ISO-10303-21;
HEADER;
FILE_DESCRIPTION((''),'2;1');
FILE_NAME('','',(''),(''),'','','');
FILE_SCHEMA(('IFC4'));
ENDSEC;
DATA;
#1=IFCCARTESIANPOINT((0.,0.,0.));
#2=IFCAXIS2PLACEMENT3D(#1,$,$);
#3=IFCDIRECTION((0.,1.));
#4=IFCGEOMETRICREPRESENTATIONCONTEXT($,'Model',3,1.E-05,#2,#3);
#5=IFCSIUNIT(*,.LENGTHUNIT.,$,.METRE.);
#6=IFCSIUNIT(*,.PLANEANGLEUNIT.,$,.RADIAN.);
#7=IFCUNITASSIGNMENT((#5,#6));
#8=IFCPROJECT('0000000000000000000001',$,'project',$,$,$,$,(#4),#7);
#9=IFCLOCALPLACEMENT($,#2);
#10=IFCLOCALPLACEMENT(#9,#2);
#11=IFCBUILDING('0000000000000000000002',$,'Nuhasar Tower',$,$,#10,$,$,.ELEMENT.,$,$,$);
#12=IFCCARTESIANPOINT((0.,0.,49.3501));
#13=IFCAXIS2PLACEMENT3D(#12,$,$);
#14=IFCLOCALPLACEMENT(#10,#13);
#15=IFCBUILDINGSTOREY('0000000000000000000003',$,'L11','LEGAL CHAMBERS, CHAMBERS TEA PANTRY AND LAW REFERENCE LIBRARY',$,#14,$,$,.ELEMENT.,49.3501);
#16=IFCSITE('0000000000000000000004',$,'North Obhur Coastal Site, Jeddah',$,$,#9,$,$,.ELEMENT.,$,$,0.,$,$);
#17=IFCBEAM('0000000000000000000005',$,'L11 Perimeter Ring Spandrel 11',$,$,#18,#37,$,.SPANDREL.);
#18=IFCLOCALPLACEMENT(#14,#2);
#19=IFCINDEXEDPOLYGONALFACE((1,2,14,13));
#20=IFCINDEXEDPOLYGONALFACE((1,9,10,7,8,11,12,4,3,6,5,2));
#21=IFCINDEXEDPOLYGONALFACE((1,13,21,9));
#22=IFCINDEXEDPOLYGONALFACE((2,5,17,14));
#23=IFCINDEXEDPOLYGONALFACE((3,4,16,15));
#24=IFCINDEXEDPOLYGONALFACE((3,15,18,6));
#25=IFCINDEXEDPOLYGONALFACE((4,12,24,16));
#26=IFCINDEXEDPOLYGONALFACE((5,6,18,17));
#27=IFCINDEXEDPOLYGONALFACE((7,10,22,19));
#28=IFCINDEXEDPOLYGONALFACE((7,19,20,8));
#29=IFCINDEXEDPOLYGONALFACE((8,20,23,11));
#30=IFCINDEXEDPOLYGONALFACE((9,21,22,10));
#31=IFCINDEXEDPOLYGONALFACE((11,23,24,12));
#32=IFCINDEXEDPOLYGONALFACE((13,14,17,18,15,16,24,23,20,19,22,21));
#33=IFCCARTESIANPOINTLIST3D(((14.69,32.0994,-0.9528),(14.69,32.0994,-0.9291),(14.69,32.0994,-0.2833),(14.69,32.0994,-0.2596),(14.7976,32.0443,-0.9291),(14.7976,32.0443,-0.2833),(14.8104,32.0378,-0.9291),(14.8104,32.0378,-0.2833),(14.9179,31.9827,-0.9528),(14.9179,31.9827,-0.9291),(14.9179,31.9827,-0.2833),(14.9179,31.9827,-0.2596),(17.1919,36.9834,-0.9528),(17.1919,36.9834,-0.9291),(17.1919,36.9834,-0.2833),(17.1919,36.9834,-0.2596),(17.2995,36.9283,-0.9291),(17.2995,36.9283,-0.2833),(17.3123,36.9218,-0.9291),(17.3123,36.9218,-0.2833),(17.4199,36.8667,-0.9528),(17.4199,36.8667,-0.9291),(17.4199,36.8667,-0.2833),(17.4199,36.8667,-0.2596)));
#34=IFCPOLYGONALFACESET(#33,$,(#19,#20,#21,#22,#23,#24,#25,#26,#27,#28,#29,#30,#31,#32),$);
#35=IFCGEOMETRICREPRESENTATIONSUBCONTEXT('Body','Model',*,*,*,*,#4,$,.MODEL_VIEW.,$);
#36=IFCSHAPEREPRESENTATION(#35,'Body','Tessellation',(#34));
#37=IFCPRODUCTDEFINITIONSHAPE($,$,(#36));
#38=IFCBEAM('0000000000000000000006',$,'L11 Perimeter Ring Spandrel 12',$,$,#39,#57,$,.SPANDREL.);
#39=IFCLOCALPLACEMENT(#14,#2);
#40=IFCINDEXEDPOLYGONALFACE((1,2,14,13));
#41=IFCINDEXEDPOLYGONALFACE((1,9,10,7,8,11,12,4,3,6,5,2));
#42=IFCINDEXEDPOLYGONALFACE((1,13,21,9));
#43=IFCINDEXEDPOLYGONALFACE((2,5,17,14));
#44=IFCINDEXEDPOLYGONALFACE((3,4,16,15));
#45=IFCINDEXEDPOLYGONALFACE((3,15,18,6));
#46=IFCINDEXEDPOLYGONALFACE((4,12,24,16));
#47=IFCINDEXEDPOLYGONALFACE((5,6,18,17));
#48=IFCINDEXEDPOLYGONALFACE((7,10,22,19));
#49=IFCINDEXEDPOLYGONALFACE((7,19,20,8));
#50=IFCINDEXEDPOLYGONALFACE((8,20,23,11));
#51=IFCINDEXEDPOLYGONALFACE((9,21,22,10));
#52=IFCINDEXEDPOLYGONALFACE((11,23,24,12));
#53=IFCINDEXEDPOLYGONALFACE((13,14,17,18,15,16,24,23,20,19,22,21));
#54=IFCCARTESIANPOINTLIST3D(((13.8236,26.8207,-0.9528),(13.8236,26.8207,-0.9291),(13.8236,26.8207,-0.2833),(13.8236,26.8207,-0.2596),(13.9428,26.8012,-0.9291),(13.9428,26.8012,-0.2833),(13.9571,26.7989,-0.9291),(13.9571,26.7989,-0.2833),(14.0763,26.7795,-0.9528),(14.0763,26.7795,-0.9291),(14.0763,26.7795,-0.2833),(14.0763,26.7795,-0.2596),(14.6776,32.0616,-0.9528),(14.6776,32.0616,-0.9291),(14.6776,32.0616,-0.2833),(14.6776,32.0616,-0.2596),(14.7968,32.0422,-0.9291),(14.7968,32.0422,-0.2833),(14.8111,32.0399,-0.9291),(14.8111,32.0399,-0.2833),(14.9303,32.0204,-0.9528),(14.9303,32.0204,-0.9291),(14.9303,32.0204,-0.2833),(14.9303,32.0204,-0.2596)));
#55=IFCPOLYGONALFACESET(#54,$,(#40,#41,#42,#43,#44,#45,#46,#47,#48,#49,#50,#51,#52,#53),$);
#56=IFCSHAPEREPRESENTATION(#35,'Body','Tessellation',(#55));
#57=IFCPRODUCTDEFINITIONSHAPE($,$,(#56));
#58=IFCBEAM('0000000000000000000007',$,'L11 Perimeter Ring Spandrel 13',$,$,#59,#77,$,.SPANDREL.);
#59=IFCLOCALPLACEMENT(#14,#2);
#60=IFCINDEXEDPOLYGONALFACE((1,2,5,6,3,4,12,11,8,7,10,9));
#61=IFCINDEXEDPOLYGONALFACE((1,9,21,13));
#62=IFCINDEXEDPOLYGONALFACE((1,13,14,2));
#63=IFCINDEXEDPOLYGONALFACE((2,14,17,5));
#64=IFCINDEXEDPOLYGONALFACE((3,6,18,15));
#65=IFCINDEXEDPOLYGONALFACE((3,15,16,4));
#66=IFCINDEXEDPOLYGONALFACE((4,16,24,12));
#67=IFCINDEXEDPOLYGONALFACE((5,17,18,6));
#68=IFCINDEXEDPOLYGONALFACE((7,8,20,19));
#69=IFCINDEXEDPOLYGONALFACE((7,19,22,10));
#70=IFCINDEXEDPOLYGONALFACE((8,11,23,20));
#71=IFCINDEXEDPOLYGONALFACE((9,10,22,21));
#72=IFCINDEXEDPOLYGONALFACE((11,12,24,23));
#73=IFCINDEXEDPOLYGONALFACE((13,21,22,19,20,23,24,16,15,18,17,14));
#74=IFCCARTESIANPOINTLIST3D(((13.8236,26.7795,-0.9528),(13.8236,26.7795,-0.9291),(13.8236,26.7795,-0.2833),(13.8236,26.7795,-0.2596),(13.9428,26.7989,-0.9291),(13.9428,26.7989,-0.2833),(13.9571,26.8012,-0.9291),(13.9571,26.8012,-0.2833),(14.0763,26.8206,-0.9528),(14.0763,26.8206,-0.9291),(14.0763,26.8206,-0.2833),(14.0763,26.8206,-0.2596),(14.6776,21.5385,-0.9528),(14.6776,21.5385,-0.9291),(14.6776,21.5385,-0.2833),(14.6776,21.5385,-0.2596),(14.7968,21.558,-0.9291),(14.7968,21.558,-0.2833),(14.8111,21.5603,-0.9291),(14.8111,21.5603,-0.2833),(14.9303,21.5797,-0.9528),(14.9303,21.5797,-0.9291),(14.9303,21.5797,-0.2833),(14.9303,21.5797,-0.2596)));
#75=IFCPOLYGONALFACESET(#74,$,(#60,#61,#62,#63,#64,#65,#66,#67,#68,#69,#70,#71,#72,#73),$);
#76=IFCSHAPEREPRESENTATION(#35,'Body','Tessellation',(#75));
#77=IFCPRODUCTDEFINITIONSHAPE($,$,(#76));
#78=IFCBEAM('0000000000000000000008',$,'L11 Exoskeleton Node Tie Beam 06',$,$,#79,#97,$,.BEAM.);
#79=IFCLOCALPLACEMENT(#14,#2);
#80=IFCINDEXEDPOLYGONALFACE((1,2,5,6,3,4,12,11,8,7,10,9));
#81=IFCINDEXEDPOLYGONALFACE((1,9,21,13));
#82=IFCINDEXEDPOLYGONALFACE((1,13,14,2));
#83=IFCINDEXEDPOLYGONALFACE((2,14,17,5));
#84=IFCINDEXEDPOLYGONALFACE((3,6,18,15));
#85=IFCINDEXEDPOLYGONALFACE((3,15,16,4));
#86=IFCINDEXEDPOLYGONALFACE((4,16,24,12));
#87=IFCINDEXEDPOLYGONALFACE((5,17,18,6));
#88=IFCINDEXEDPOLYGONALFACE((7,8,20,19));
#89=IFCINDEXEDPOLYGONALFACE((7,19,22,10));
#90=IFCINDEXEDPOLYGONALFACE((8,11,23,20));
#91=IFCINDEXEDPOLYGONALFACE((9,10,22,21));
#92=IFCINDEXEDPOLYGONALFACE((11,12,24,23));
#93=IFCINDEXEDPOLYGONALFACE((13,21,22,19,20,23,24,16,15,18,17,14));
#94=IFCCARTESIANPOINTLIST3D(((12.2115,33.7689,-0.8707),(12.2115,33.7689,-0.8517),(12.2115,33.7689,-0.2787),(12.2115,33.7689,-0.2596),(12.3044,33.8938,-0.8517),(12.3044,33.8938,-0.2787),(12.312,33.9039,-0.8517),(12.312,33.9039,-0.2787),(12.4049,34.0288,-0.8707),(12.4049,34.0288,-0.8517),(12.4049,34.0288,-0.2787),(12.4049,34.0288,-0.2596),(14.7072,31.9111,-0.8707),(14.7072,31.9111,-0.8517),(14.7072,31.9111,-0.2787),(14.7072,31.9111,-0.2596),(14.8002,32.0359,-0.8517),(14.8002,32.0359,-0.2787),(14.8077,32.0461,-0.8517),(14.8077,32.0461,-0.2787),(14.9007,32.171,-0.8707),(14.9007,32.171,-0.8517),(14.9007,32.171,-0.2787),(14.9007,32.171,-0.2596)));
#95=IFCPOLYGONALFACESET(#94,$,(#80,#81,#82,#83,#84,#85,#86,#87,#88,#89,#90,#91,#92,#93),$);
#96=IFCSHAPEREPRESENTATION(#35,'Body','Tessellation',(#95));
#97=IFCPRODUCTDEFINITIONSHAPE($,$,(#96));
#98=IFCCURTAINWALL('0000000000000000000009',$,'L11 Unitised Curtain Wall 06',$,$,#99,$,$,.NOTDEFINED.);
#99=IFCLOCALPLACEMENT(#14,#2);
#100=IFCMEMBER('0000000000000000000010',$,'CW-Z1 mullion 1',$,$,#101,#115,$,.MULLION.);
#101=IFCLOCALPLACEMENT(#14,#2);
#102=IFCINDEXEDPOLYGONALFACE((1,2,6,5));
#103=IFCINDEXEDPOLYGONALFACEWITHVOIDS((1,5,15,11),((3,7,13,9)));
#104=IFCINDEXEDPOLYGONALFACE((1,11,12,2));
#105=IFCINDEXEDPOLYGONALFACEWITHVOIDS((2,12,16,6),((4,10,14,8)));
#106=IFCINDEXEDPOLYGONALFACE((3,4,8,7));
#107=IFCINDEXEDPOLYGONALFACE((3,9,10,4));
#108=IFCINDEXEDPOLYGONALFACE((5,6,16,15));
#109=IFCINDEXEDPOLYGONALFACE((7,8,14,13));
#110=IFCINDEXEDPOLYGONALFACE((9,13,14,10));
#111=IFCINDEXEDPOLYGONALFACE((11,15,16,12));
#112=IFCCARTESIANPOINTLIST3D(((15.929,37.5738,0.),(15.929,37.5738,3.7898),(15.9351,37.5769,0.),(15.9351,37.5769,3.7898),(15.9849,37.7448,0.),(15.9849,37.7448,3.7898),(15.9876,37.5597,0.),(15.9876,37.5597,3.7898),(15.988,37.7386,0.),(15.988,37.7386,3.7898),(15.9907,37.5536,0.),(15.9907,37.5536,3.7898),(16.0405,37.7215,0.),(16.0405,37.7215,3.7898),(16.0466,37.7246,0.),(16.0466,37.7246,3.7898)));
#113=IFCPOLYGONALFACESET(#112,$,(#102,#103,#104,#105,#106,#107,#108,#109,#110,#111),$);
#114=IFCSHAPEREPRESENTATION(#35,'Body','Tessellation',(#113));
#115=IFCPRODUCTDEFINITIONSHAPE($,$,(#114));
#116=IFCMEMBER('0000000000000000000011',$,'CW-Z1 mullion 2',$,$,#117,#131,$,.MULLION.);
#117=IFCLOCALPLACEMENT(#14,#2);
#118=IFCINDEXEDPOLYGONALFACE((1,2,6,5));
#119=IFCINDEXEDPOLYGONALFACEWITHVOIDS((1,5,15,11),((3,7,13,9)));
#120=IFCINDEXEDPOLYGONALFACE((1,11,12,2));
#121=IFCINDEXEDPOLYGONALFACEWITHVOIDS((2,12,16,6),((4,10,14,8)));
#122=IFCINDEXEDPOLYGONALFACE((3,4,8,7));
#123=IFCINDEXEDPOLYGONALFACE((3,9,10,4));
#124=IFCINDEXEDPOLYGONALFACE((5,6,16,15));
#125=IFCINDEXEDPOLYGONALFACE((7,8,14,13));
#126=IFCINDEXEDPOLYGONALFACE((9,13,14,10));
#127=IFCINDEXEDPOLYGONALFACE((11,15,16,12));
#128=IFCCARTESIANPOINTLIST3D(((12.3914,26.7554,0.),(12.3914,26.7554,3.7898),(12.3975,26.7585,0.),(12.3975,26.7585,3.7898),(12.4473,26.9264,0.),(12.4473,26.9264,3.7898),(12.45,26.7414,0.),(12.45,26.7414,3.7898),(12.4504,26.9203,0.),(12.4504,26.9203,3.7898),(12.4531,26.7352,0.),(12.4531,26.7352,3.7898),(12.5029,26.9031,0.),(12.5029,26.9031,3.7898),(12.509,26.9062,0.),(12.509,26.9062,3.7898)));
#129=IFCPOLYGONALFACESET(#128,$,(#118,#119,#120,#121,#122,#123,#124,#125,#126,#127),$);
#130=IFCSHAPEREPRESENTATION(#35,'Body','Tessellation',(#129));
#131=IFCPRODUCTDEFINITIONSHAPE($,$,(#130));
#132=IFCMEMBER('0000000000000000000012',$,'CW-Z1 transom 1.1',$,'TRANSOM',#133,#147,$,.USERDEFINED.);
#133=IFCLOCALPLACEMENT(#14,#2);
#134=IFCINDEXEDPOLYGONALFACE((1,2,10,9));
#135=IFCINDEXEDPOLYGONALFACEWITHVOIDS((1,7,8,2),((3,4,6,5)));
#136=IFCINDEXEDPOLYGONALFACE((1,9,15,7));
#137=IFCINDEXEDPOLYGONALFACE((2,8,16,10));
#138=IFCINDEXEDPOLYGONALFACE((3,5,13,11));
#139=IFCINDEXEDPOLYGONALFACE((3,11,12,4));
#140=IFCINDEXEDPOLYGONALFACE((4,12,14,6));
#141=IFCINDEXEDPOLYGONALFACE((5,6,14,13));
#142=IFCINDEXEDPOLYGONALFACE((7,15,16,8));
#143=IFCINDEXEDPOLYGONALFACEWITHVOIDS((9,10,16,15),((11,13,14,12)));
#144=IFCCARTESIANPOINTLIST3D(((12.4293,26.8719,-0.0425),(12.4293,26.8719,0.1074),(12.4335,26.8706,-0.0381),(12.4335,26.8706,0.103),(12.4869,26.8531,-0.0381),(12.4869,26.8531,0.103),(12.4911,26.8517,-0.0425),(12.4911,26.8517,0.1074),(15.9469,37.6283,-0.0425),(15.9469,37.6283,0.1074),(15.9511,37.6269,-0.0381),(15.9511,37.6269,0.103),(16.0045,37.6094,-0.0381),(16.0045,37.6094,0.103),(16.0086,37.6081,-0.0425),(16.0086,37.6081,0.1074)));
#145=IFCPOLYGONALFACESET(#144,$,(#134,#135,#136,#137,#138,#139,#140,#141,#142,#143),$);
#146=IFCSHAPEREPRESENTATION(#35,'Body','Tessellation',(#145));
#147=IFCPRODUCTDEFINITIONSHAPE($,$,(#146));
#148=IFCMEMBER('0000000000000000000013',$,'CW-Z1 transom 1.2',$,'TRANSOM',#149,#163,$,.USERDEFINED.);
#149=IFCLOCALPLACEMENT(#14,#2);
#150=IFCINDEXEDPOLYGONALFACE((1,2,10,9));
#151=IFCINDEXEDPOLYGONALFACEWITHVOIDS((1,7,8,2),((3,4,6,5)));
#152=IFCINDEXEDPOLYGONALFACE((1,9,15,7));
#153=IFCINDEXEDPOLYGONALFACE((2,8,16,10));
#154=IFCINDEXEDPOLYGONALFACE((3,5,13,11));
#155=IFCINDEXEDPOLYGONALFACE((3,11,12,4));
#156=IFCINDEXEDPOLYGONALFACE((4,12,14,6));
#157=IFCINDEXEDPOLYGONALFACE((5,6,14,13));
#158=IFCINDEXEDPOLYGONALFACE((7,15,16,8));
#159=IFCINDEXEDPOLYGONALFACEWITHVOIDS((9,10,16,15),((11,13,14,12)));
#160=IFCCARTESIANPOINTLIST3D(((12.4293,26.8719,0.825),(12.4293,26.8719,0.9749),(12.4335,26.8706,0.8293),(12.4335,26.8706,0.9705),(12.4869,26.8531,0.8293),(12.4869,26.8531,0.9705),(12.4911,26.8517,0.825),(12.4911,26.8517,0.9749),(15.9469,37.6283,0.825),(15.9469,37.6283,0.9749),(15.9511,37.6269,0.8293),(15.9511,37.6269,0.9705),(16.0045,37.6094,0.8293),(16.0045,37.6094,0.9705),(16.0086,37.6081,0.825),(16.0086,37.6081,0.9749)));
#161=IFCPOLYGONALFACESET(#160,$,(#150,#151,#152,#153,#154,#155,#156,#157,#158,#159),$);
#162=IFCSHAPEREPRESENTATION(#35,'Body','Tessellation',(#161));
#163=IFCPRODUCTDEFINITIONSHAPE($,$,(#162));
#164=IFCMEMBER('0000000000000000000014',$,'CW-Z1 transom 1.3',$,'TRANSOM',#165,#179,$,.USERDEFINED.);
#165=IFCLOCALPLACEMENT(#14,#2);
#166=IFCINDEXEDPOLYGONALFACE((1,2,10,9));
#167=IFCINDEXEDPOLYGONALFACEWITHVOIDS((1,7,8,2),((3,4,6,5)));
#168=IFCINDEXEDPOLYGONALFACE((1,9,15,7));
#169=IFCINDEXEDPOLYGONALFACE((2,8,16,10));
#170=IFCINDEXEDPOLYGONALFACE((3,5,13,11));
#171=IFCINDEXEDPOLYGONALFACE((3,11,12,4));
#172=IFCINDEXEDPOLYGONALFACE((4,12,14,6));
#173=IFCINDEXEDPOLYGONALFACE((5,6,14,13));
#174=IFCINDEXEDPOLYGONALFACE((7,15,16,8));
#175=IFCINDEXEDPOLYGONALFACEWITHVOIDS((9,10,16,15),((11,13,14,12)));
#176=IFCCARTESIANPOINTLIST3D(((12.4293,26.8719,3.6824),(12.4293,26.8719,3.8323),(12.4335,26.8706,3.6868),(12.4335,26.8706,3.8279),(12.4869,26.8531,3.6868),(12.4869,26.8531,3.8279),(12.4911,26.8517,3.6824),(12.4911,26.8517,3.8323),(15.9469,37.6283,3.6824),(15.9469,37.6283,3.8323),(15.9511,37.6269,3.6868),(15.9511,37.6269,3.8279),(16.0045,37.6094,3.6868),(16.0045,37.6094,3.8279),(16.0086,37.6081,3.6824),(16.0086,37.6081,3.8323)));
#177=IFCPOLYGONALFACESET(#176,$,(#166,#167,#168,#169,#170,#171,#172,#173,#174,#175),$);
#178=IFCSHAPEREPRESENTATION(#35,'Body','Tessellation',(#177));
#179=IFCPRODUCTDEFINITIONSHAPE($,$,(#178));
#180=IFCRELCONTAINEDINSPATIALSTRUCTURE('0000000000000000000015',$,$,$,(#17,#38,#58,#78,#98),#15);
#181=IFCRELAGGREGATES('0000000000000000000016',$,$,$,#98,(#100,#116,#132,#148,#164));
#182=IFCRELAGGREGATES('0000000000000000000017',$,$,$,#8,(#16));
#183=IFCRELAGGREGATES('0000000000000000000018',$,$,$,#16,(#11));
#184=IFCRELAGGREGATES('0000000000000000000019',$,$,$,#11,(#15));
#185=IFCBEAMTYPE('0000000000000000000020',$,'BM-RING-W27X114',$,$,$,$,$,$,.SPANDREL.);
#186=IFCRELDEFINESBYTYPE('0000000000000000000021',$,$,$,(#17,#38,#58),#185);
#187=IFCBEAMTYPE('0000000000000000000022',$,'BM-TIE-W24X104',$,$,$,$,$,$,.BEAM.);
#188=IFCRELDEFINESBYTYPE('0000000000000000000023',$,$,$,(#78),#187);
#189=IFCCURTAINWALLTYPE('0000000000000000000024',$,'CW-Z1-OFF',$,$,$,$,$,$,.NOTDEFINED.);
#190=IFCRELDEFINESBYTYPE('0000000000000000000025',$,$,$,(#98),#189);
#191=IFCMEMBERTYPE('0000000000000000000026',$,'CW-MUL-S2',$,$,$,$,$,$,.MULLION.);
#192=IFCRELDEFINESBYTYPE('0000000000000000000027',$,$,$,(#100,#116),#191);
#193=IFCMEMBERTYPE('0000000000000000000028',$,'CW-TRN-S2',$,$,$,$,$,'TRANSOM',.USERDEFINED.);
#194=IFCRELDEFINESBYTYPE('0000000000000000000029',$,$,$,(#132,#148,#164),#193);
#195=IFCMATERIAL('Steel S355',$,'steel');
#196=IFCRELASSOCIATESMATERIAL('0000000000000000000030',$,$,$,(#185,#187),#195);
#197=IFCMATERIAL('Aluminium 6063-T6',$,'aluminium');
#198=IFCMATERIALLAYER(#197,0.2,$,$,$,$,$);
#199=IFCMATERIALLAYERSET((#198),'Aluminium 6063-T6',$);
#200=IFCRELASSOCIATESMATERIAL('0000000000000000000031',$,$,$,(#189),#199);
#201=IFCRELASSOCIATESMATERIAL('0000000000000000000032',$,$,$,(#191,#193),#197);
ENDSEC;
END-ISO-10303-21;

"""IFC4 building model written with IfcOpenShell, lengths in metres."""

from ifc_helpers import new_model, si_unit, direction, frame, origin, origin_2d, place, context, subcontext, project, spatial, hollow_rectangle, i_section, extrude, material, layer, layer_set, material_profile, profile_set, type_object, element, aggregate, save


model = new_model("IFC4")

# Units and contexts
model_context = context("Model", 3, precision=1e-05, world=origin(), true_north=direction((0.0, 1.0)))
body_context = subcontext(model_context, "Body", "Model", "MODEL_VIEW")
ifc_project = project(units=[si_unit("LENGTHUNIT", "METRE"), si_unit("PLANEANGLEUNIT", "RADIAN")], contexts=[model_context])

# Site, building, storey
site_placement = place(None, origin())
site = spatial("IfcSite", under=ifc_project, at=site_placement, Name="North Obhur Coastal Site, Jeddah", CompositionType="ELEMENT", RefElevation=0.0)
building_placement = place(site_placement, origin())
building = spatial("IfcBuilding", under=site, at=building_placement, Name="Nuhasar Tower", CompositionType="ELEMENT")
storey_placement = place(building_placement, frame((0.0, 0.0, 49.3501)))
storey = spatial("IfcBuildingStorey", under=building, at=storey_placement, Name="L11", Description="LEGAL CHAMBERS, CHAMBERS TEA PANTRY AND LAW REFERENCE LIBRARY", CompositionType="ELEMENT", Elevation=49.3501)

# Beams
ifc_material_1 = material(Name="Steel S355", Category="steel")
ifc_material_profile_1 = material_profile(ifc_material_1, i_section(OverallWidth=0.2561, OverallDepth=0.6931, WebThickness=0.0144, FlangeThickness=0.0237, at=origin_2d()), Name="W27X114")
ifc_profile_set_1 = profile_set([ifc_material_profile_1], Name="Steel S355")
beam_type_1 = type_object("IfcBeamType", Name="BM-RING-W27X114", PredefinedType="SPANDREL", material=ifc_profile_set_1)
beam_1_placement = place(storey_placement, frame((17.3059, 36.925, -0.6062), z_axis=(-0.45593, -0.890016, 0.0), x_axis=(0.890016, -0.45593, 0.0)))
element("IfcBeam", 1, at=beam_1_placement, inside=storey, type_object=beam_type_1, Name="L11 Perimeter Ring Spandrel 11", PredefinedType="SPANDREL", context=body_context, shape_type="SweptSolid", body=[
    extrude(i_section(OverallWidth=0.2561, OverallDepth=0.6931, WebThickness=0.0144, FlangeThickness=0.0237, at=origin_2d()), origin(), (0.0, 0.0, 1.0), 5.4875),
])
for number, where, z_axis, x_axis, name in (
    (2, (14.804, 32.041, -0.6062), (-0.160827, -0.986983, 0.0), (0.986983, -0.160827, 0.0), "L11 Perimeter Ring Spandrel 12"),
    (3, (13.95, 26.8, -0.6062), (0.160827, -0.986983, 0.0), (0.986983, 0.160827, 0.0), "L11 Perimeter Ring Spandrel 13"),
):
    element("IfcBeam", number, at=place(storey_placement, frame(where, z_axis=z_axis, x_axis=x_axis)), inside=storey, type_object=beam_type_1, Name=name, PredefinedType="SPANDREL", context=body_context, shape_type="SweptSolid", body=[
        extrude(i_section(OverallWidth=0.2561, OverallDepth=0.6931, WebThickness=0.0144, FlangeThickness=0.0237, at=origin_2d()), origin(), (0.0, 0.0, 1.0), 5.3101),
    ])
ifc_material_profile_2 = material_profile(ifc_material_1, i_section(OverallWidth=0.324, OverallDepth=0.6111, WebThickness=0.0127, FlangeThickness=0.019, at=origin_2d()), Name="W24X104")
ifc_profile_set_2 = profile_set([ifc_material_profile_2], Name="Steel S355")
beam_type_2 = type_object("IfcBeamType", Name="BM-TIE-W24X104", PredefinedType="BEAM", material=ifc_profile_set_2)
beam_2_placement = place(storey_placement, frame((14.804, 32.041, -0.5652), z_axis=(-0.802151, 0.597121, 0.0), x_axis=(-0.597121, -0.802151, 0.0)))
element("IfcBeam", 4, at=beam_2_placement, inside=storey, type_object=beam_type_2, Name="L11 Exoskeleton Node Tie Beam 06", PredefinedType="BEAM", context=body_context, shape_type="SweptSolid", body=[
    extrude(i_section(OverallWidth=0.324, OverallDepth=0.6111, WebThickness=0.0127, FlangeThickness=0.019, at=origin_2d()), origin(), (0.0, 0.0, 1.0), 3.1113),
])

# Curtain wall, members
ifc_material_2 = material(Name="Aluminium 6063-T6", Category="aluminium")
ifc_layer_1 = layer(ifc_material_2, 0.2)
ifc_layer_set_1 = layer_set([ifc_layer_1], Name="Aluminium 6063-T6")
curtain_wall_type = type_object("IfcCurtainWallType", Name="CW-Z1-OFF", PredefinedType="NOTDEFINED", material=ifc_layer_set_1)
curtain_wall_placement = place(storey_placement, origin())
curtain_wall = element("IfcCurtainWall", 5, at=curtain_wall_placement, inside=storey, type_object=curtain_wall_type, Name="L11 Unitised Curtain Wall 06", PredefinedType="NOTDEFINED")
ifc_material_profile_3 = material_profile(ifc_material_2, hollow_rectangle(XDim=0.0649, YDim=0.1799, WallThickness=0.0049, at=origin_2d()), Name="CWM-2")
ifc_profile_set_3 = profile_set([ifc_material_profile_3], Name="Aluminium 6063-T6")
member_type_1 = type_object("IfcMemberType", Name="CW-MUL-S2", PredefinedType="MULLION", material=ifc_profile_set_3)
member_1_placement = place(storey_placement, frame((15.9878, 37.6492, 0.0), z_axis=(0.0, 0.0, 1.0), x_axis=(0.950468, -0.310824, 0.0)))
member_1 = element("IfcMember", 6, at=member_1_placement, type_object=member_type_1, Name="CW-Z1 mullion 1", PredefinedType="MULLION", context=body_context, shape_type="SweptSolid", body=[
    extrude(hollow_rectangle(XDim=0.0649, YDim=0.1799, WallThickness=0.0049, at=origin_2d()), origin(), (0.0, 0.0, 1.0), 3.7898),
])
member_2_placement = place(storey_placement, frame((12.4502, 26.8308, 0.0), z_axis=(0.0, 0.0, 1.0), x_axis=(0.950468, -0.310824, 0.0)))
member_2 = element("IfcMember", 7, at=member_2_placement, type_object=member_type_1, Name="CW-Z1 mullion 2", PredefinedType="MULLION", context=body_context, shape_type="SweptSolid", body=[
    extrude(hollow_rectangle(XDim=0.0649, YDim=0.1799, WallThickness=0.0049, at=origin_2d()), origin(), (0.0, 0.0, 1.0), 3.7898),
])
ifc_material_profile_4 = material_profile(ifc_material_2, hollow_rectangle(XDim=0.0649, YDim=0.1499, WallThickness=0.0044, at=origin_2d()), Name="CWT-2")
ifc_profile_set_4 = profile_set([ifc_material_profile_4], Name="Aluminium 6063-T6")
member_type_2 = type_object("IfcMemberType", Name="CW-TRN-S2", ElementType="TRANSOM", PredefinedType="USERDEFINED", material=ifc_profile_set_4)
member_3_placement = place(storey_placement, frame((15.9778, 37.6182, 0.0325), z_axis=(-0.310825, -0.950467, 0.0), x_axis=(0.950467, -0.310825, 0.0)))
member_3 = element("IfcMember", 8, at=member_3_placement, type_object=member_type_2, Name="CW-Z1 transom 1.1", ObjectType="TRANSOM", PredefinedType="USERDEFINED", context=body_context, shape_type="SweptSolid", body=[
    extrude(hollow_rectangle(XDim=0.0649, YDim=0.1499, WallThickness=0.0044, at=origin_2d()), origin(), (0.0, 0.0, 1.0), 11.3169),
])
member_4_placement = place(storey_placement, frame((15.9778, 37.6182, 0.8999), z_axis=(-0.310825, -0.950467, 0.0), x_axis=(0.950467, -0.310825, 0.0)))
member_4 = element("IfcMember", 9, at=member_4_placement, type_object=member_type_2, Name="CW-Z1 transom 1.2", ObjectType="TRANSOM", PredefinedType="USERDEFINED", context=body_context, shape_type="SweptSolid", body=[
    extrude(hollow_rectangle(XDim=0.0649, YDim=0.1499, WallThickness=0.0044, at=origin_2d()), origin(), (0.0, 0.0, 1.0), 11.3169),
])
member_5_placement = place(storey_placement, frame((15.9778, 37.6182, 3.7573), z_axis=(-0.310825, -0.950467, 0.0), x_axis=(0.950467, -0.310825, 0.0)))
member_5 = element("IfcMember", 10, at=member_5_placement, type_object=member_type_2, Name="CW-Z1 transom 1.3", ObjectType="TRANSOM", PredefinedType="USERDEFINED", context=body_context, shape_type="SweptSolid", body=[
    extrude(hollow_rectangle(XDim=0.0649, YDim=0.1499, WallThickness=0.0044, at=origin_2d()), origin(), (0.0, 0.0, 1.0), 11.3169),
])

aggregate(curtain_wall, [member_1, member_2, member_3, member_4, member_5])

save(model, "model.ifc")
